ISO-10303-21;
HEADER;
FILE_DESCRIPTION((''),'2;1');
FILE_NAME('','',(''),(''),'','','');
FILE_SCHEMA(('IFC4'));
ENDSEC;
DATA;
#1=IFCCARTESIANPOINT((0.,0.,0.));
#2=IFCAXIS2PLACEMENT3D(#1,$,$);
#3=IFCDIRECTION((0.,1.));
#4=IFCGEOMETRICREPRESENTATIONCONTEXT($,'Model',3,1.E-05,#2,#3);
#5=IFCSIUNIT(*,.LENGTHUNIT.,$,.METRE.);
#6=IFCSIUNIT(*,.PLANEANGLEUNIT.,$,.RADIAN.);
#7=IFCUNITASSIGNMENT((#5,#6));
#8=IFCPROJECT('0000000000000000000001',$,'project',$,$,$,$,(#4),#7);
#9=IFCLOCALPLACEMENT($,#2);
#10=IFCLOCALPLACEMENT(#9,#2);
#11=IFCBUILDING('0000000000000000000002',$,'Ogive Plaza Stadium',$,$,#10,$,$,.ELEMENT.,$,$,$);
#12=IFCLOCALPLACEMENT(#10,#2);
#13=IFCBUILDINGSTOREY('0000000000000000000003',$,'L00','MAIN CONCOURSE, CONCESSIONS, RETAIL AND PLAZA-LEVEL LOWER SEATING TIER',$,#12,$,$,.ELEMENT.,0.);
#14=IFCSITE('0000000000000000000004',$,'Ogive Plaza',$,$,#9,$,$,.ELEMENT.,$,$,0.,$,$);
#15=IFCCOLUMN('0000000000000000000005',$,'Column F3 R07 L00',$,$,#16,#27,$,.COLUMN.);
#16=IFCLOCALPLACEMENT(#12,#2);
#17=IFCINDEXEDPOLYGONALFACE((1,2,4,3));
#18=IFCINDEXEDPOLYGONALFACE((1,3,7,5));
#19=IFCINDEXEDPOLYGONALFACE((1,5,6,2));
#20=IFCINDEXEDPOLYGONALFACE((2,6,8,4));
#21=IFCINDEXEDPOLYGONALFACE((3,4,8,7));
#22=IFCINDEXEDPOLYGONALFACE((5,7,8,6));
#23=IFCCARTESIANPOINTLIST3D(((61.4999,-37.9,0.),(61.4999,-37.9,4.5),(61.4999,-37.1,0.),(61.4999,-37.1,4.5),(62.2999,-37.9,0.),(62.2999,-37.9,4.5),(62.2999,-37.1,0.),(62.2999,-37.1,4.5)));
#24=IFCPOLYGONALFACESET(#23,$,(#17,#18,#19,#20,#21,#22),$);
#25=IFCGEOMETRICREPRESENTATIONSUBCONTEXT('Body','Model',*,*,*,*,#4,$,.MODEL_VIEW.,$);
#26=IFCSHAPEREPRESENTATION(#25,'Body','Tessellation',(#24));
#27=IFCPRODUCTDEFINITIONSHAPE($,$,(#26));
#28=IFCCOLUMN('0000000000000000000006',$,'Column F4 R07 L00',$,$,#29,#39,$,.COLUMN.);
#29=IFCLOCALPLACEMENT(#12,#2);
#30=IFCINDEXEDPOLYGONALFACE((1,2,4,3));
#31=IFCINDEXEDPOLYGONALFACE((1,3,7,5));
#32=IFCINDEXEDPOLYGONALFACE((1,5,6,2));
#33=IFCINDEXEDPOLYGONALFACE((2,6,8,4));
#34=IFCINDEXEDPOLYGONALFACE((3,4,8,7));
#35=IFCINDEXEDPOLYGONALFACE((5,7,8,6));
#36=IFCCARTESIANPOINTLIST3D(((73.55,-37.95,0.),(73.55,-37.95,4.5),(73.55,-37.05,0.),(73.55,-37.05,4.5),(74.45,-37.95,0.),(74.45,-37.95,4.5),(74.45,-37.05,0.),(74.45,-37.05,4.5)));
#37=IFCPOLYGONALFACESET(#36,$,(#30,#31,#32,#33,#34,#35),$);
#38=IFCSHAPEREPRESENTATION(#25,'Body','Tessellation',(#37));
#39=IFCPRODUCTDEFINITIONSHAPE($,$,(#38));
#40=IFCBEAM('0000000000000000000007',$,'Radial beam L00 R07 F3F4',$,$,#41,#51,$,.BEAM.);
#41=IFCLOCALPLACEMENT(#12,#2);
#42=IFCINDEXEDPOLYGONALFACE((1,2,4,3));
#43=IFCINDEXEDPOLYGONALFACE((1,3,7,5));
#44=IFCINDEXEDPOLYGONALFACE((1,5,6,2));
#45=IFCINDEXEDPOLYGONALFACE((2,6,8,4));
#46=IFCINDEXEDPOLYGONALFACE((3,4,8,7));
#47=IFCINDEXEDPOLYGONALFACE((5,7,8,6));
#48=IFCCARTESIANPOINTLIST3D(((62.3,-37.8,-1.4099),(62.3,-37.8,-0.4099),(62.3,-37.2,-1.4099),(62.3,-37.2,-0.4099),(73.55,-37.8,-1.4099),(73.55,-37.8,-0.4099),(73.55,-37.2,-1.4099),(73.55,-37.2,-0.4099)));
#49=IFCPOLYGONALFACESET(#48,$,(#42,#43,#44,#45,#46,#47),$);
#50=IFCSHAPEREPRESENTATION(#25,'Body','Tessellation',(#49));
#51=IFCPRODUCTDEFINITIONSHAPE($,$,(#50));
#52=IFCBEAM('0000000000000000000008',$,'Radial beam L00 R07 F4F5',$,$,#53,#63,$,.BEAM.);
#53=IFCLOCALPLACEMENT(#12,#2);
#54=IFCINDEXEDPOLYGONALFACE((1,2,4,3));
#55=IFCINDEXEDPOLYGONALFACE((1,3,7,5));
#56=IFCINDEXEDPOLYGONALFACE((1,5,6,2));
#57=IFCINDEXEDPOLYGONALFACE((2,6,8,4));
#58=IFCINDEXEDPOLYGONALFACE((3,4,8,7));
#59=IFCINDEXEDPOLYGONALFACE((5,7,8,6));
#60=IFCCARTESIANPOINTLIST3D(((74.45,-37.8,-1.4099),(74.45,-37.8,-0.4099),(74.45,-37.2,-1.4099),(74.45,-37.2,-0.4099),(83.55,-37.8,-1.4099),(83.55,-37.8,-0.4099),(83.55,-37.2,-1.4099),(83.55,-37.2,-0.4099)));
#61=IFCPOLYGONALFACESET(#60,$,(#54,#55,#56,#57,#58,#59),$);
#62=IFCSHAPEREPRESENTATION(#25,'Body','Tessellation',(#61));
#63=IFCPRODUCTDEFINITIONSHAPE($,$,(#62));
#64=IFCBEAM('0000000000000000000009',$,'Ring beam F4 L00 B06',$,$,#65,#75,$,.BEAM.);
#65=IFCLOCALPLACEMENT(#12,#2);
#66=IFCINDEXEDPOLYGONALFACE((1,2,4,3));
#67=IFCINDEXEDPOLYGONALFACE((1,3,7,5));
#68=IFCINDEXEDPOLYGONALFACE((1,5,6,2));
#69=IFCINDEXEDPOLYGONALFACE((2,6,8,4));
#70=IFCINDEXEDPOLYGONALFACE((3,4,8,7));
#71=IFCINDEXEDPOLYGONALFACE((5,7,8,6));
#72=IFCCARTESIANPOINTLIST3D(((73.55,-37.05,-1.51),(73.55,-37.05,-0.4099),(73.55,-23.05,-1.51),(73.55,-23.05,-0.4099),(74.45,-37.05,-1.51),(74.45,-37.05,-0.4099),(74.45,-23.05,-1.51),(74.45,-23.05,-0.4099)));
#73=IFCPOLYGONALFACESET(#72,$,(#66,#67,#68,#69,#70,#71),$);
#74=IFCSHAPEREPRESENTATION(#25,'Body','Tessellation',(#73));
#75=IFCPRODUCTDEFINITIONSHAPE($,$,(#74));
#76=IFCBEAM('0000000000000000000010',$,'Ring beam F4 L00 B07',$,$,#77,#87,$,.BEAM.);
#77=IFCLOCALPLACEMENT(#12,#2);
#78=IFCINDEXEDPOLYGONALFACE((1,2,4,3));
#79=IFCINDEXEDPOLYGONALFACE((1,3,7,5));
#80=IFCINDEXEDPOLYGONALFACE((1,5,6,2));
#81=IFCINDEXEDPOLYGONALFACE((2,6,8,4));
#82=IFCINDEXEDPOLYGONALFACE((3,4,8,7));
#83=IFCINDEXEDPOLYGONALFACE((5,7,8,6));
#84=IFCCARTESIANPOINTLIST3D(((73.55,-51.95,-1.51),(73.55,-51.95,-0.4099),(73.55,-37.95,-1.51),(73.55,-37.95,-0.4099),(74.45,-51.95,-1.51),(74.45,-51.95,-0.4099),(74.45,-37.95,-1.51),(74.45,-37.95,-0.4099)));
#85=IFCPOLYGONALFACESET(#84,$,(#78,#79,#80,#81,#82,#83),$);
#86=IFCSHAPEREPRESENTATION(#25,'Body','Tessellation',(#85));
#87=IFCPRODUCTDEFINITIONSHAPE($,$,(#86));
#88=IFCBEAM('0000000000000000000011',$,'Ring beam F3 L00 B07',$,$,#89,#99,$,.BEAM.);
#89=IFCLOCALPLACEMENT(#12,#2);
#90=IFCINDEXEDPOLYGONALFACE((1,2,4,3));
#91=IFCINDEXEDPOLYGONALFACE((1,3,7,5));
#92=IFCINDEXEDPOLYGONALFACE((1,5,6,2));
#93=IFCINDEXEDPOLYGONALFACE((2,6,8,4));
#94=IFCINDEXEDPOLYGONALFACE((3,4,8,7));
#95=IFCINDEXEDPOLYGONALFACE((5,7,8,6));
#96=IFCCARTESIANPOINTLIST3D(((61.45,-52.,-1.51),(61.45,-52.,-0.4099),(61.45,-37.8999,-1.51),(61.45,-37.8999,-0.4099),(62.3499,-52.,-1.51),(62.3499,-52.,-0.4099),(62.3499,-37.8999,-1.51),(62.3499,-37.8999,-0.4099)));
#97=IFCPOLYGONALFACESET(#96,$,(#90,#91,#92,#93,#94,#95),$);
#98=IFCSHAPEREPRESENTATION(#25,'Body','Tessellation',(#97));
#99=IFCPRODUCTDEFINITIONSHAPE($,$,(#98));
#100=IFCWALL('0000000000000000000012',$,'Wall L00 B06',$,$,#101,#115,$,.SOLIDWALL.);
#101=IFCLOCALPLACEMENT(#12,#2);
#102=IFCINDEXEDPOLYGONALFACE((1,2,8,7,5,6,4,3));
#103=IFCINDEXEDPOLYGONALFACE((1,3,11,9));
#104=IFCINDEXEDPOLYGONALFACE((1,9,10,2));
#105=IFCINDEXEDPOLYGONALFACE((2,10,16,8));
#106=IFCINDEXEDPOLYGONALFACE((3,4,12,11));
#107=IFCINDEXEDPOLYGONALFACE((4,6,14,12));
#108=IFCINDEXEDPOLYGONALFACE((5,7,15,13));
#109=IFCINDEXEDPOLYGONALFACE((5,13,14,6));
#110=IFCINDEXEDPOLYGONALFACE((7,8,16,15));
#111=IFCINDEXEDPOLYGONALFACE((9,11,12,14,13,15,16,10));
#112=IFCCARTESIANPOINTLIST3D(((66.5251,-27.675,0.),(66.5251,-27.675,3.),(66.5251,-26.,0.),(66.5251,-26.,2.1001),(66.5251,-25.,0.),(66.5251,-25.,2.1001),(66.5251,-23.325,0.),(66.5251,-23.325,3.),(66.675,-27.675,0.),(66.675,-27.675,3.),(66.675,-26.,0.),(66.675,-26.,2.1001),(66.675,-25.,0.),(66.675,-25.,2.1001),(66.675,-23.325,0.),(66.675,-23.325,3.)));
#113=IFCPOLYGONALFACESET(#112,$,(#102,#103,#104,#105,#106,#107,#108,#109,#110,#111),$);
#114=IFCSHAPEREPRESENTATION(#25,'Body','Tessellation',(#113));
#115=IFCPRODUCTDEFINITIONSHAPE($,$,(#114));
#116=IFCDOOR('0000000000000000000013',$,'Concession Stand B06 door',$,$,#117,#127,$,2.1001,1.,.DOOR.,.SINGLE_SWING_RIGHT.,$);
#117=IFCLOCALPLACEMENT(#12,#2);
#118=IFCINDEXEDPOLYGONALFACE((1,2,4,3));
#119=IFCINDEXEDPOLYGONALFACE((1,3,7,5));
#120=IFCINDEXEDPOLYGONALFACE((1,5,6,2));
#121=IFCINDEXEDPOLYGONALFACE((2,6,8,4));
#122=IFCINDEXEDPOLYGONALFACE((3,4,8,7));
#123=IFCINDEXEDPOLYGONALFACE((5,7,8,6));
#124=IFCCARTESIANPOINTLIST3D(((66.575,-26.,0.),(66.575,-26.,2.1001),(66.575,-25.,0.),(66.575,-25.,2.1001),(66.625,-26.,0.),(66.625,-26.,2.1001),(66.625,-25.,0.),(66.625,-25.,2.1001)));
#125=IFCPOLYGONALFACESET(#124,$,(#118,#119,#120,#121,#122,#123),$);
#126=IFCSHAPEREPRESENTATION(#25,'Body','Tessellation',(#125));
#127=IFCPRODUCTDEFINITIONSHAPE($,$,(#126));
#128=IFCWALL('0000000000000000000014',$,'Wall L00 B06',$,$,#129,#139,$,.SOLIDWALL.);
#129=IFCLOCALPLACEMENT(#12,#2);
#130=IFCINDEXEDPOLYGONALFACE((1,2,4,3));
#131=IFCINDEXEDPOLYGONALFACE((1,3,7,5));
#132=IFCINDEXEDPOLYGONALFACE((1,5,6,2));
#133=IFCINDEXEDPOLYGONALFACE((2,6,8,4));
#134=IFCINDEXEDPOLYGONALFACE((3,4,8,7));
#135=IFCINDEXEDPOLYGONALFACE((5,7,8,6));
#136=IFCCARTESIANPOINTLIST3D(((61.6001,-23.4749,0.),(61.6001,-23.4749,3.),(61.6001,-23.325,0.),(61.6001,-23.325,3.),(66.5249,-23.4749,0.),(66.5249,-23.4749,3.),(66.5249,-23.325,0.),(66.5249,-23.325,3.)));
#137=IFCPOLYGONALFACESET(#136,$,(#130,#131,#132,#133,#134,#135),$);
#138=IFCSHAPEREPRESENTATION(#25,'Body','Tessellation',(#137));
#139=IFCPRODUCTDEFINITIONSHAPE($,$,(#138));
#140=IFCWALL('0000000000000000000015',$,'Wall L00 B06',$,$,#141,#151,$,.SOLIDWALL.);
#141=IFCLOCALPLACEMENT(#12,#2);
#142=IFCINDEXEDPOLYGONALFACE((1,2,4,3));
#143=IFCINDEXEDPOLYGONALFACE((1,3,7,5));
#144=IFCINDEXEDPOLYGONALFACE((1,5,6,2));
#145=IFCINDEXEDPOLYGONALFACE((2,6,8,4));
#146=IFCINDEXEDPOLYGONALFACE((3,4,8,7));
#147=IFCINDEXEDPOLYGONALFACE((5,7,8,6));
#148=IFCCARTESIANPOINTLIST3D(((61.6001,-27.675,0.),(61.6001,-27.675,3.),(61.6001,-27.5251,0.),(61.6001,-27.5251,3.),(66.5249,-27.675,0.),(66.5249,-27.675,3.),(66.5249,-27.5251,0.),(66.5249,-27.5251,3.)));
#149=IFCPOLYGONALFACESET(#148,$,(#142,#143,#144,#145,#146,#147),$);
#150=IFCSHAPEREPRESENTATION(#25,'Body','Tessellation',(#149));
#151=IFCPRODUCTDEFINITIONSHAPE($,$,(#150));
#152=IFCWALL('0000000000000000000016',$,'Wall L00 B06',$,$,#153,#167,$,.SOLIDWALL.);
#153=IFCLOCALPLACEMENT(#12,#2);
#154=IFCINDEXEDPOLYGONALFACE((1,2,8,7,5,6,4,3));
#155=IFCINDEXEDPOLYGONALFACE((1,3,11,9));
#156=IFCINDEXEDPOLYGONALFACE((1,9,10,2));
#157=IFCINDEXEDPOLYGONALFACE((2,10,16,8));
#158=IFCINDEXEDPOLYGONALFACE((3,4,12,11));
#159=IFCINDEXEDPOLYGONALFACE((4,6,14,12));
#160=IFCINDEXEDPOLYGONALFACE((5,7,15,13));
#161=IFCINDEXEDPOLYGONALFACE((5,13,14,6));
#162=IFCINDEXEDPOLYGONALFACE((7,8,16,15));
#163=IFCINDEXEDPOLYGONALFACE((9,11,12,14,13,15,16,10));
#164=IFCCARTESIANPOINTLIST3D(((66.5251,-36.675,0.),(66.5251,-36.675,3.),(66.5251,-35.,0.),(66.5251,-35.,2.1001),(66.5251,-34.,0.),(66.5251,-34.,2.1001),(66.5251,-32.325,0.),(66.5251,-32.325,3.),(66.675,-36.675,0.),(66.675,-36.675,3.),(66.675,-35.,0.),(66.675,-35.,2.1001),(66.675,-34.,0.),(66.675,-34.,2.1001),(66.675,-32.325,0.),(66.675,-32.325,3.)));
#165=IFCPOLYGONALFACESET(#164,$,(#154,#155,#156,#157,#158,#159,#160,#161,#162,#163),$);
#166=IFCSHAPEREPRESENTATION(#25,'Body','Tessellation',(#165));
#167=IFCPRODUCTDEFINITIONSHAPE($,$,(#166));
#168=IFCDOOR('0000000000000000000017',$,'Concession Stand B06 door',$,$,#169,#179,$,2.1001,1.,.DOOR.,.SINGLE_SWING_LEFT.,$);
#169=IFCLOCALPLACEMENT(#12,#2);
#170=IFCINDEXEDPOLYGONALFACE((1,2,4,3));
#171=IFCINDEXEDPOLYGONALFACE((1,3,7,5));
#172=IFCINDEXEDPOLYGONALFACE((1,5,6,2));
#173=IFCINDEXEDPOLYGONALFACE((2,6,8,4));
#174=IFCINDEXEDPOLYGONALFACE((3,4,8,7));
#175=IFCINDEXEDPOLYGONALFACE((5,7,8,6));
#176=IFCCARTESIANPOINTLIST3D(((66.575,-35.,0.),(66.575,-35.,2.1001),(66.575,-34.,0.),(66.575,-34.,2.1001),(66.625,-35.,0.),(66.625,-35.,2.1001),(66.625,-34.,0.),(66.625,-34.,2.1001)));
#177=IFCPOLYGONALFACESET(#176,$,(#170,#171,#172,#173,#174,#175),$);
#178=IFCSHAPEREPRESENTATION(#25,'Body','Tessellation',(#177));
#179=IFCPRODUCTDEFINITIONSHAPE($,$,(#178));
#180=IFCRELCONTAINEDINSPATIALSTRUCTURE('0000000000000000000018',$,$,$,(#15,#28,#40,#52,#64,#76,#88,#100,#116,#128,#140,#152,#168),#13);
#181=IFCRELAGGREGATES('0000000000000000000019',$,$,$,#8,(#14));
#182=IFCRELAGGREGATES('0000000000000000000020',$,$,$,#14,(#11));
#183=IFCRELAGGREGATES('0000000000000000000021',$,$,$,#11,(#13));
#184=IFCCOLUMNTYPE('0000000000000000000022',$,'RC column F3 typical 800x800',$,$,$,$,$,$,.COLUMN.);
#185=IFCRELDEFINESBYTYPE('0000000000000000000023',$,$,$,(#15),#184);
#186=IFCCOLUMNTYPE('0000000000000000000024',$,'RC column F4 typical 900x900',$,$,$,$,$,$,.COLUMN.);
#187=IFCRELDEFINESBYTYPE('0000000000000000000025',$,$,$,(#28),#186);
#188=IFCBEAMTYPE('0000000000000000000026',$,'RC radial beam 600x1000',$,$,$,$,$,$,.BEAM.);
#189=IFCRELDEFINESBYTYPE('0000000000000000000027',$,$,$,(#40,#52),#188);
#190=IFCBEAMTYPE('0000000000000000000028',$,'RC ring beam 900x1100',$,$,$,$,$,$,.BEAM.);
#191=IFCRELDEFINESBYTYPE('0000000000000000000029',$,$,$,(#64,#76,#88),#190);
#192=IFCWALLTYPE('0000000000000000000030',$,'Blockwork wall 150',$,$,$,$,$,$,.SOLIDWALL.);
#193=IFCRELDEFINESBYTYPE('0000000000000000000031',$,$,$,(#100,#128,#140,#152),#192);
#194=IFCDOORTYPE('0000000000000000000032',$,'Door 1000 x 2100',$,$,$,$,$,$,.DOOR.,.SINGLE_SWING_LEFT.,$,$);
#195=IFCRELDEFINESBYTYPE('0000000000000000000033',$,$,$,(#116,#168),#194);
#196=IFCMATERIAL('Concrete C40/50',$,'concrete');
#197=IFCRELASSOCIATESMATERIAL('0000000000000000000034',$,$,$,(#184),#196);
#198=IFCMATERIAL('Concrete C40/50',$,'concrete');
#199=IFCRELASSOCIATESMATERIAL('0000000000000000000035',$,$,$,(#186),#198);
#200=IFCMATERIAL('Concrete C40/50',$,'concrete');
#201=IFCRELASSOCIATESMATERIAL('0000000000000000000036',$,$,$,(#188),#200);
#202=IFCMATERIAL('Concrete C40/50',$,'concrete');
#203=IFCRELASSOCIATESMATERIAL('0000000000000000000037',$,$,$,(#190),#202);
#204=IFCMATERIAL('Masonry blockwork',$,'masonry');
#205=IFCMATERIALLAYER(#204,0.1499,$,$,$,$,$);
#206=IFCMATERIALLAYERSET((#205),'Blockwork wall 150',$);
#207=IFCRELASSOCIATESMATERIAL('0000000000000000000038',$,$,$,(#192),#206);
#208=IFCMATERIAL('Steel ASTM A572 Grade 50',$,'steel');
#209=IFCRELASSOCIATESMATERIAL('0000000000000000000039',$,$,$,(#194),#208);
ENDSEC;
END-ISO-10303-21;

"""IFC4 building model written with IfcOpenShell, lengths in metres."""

from ifc_helpers import new_model, si_unit, direction, frame, frame_2d, origin, origin_2d, place, context, subcontext, project, spatial, rectangle, extrude, material, layer, layer_set, material_profile, profile_set, type_object, element, fill, save


model = new_model("IFC4")

# Units and contexts
model_context = context("Model", 3, precision=1e-05, world=origin(), true_north=direction((0.0, 1.0)))
body_context = subcontext(model_context, "Body", "Model", "MODEL_VIEW")
ifc_project = project(units=[si_unit("LENGTHUNIT", "METRE"), si_unit("PLANEANGLEUNIT", "RADIAN")], contexts=[model_context])

# Site, building, storey
site_placement = place(None, origin())
site = spatial("IfcSite", under=ifc_project, at=site_placement, Name="Ogive Plaza", CompositionType="ELEMENT", RefElevation=0.0)
building_placement = place(site_placement, origin())
building = spatial("IfcBuilding", under=site, at=building_placement, Name="Ogive Plaza Stadium", CompositionType="ELEMENT")
storey_placement = place(building_placement, origin())
storey = spatial("IfcBuildingStorey", under=building, at=storey_placement, Name="L00", Description="MAIN CONCOURSE, CONCESSIONS, RETAIL AND PLAZA-LEVEL LOWER SEATING TIER", CompositionType="ELEMENT", Elevation=0.0)

# Columns
ifc_material_1 = material(Name="Concrete C40/50", Category="concrete")
ifc_material_profile_1 = material_profile(ifc_material_1, rectangle(XDim=0.8, YDim=0.8, at=origin_2d()), Name="RC 800x800")
ifc_profile_set_1 = profile_set([ifc_material_profile_1], Name="Concrete C40/50")
column_type_1 = type_object("IfcColumnType", Name="RC column F3 typical 800x800", PredefinedType="COLUMN", material=ifc_profile_set_1)
column_1_placement = place(storey_placement, frame((61.8999, -37.5, 0.0), z_axis=(0.0, 0.0, 1.0), x_axis=(0.0, 1.0, 0.0)))
element("IfcColumn", 1, at=column_1_placement, inside=storey, type_object=column_type_1, Name="Column F3 R07 L00", PredefinedType="COLUMN", context=body_context, shape_type="SweptSolid", body=[
    extrude(rectangle(XDim=0.8, YDim=0.8, at=origin_2d()), origin(), (0.0, 0.0, 1.0), 4.5),
])
ifc_material_2 = material(Name="Concrete C40/50", Category="concrete")
ifc_material_profile_2 = material_profile(ifc_material_2, rectangle(XDim=0.8999, YDim=0.8999, at=origin_2d()), Name="RC 900x900")
ifc_profile_set_2 = profile_set([ifc_material_profile_2], Name="Concrete C40/50")
column_type_2 = type_object("IfcColumnType", Name="RC column F4 typical 900x900", PredefinedType="COLUMN", material=ifc_profile_set_2)
column_2_placement = place(storey_placement, frame((74.0, -37.5, 0.0), z_axis=(0.0, 0.0, 1.0), x_axis=(0.0, 1.0, 0.0)))
element("IfcColumn", 2, at=column_2_placement, inside=storey, type_object=column_type_2, Name="Column F4 R07 L00", PredefinedType="COLUMN", context=body_context, shape_type="SweptSolid", body=[
    extrude(rectangle(XDim=0.8999, YDim=0.8999, at=origin_2d()), origin(), (0.0, 0.0, 1.0), 4.5),
])

# Beams
ifc_material_3 = material(Name="Concrete C40/50", Category="concrete")
ifc_material_profile_3 = material_profile(ifc_material_3, rectangle(XDim=0.6001, YDim=1.0, at=origin_2d()), Name="RC 600x1000")
ifc_profile_set_3 = profile_set([ifc_material_profile_3], Name="Concrete C40/50")
beam_type_1 = type_object("IfcBeamType", Name="RC radial beam 600x1000", PredefinedType="BEAM", material=ifc_profile_set_3)
beam_1_placement = place(storey_placement, frame((62.3, -37.5, -0.9099), z_axis=(1.0, 0.0, 0.0), x_axis=(0.0, 1.0, 0.0)))
element("IfcBeam", 3, at=beam_1_placement, inside=storey, type_object=beam_type_1, Name="Radial beam L00 R07 F3F4", PredefinedType="BEAM", context=body_context, shape_type="SweptSolid", body=[
    extrude(rectangle(XDim=0.6001, YDim=1.0, at=origin_2d()), origin(), (0.0, 0.0, 1.0), 11.25),
])
beam_2_placement = place(storey_placement, frame((74.45, -37.5, -0.9099), z_axis=(1.0, 0.0, 0.0), x_axis=(0.0, 1.0, 0.0)))
element("IfcBeam", 4, at=beam_2_placement, inside=storey, type_object=beam_type_1, Name="Radial beam L00 R07 F4F5", PredefinedType="BEAM", context=body_context, shape_type="SweptSolid", body=[
    extrude(rectangle(XDim=0.6001, YDim=1.0, at=origin_2d()), origin(), (0.0, 0.0, 1.0), 9.1001),
])
ifc_material_4 = material(Name="Concrete C40/50", Category="concrete")
ifc_material_profile_4 = material_profile(ifc_material_4, rectangle(XDim=0.8999, YDim=1.1001, at=origin_2d()), Name="RC 900x1100")
ifc_profile_set_4 = profile_set([ifc_material_profile_4], Name="Concrete C40/50")
beam_type_2 = type_object("IfcBeamType", Name="RC ring beam 900x1100", PredefinedType="BEAM", material=ifc_profile_set_4)
for number, where, z_axis, x_axis, name in (
    (5, (74.0, -23.05, -0.96), (0.0, -1.0, 0.0), (1.0, 0.0, 0.0), "Ring beam F4 L00 B06"),
    (6, (74.0, -37.95, -0.96), (0.0, -1.0, 0.0), (1.0, 0.0, 0.0), "Ring beam F4 L00 B07"),
):
    element("IfcBeam", number, at=place(storey_placement, frame(where, z_axis=z_axis, x_axis=x_axis)), inside=storey, type_object=beam_type_2, Name=name, PredefinedType="BEAM", context=body_context, shape_type="SweptSolid", body=[
        extrude(rectangle(XDim=0.8999, YDim=1.1001, at=origin_2d()), origin(), (0.0, 0.0, 1.0), 14.0),
    ])
beam_3_placement = place(storey_placement, frame((61.8999, -37.8999, -0.96), z_axis=(0.0, -1.0, 0.0), x_axis=(1.0, 0.0, 0.0)))
element("IfcBeam", 7, at=beam_3_placement, inside=storey, type_object=beam_type_2, Name="Ring beam F3 L00 B07", PredefinedType="BEAM", context=body_context, shape_type="SweptSolid", body=[
    extrude(rectangle(XDim=0.8999, YDim=1.1001, at=origin_2d()), origin(), (0.0, 0.0, 1.0), 14.1001),
])

# Wall, opening, door
ifc_material_5 = material(Name="Masonry blockwork", Category="masonry")
ifc_layer_1 = layer(ifc_material_5, 0.1499)
ifc_layer_set_1 = layer_set([ifc_layer_1], Name="Blockwork wall 150")
wall_type_1 = type_object("IfcWallType", Name="Blockwork wall 150", PredefinedType="SOLIDWALL", material=ifc_layer_set_1)
wall_1_placement = place(storey_placement, frame((66.6001, -23.325, 0.0), z_axis=(0.0, 0.0, 1.0), x_axis=(0.0, -1.0, 0.0)))
wall_1 = element("IfcWall", 8, at=wall_1_placement, inside=storey, type_object=wall_type_1, Name="Wall L00 B06", PredefinedType="SOLIDWALL", context=body_context, shape_type="SweptSolid", body=[
    extrude(rectangle(XDim=4.3501, YDim=0.1499, at=frame_2d((2.175, 0.0))), origin(), (0.0, 0.0, 1.0), 3.0),
])
opening_1_placement = place(wall_1_placement, frame((1.675, 0.0, 0.0)))
opening_1 = element("IfcOpeningElement", 9, at=opening_1_placement, cuts=wall_1, PredefinedType="OPENING", context=body_context, shape_type="SweptSolid", body=[
    extrude(rectangle(XDim=1.0, YDim=2.1001, at=frame_2d((0.5, 1.05))), frame((0.0, 0.075, 0.0), z_axis=(0.0, -1.0, 0.0), x_axis=(1.0, 0.0, 0.0)), (0.0, 0.0, 1.0), 0.1499),
])
ifc_material_6 = material(Name="Steel ASTM A572 Grade 50", Category="steel")
door_type_1 = type_object("IfcDoorType", Name="Door 1000 x 2100", OperationType="SINGLE_SWING_LEFT", PredefinedType="DOOR", material=ifc_material_6)
door_1_placement = place(opening_1_placement, origin())
door_1 = element("IfcDoor", 10, at=door_1_placement, inside=storey, type_object=door_type_1, Name="Concession Stand B06 door", OperationType="SINGLE_SWING_RIGHT", OverallHeight=2.1001, OverallWidth=1.0, PredefinedType="DOOR", context=body_context, shape_type="SweptSolid", body=[
    extrude(rectangle(XDim=1.0, YDim=2.1001, at=frame_2d((0.5, 1.05))), frame((0.0, 0.0249, 0.0), z_axis=(0.0, -1.0, 0.0), x_axis=(1.0, 0.0, 0.0)), (0.0, 0.0, 1.0), 0.05),
])
fill(opening_1, door_1)

# Walls
for number, where, z_axis, x_axis, name in (
    (11, (61.6001, -23.3999, 0.0), (0.0, 0.0, 1.0), (1.0, 0.0, 0.0), "Wall L00 B06"),
    (12, (61.6001, -27.6001, 0.0), (0.0, 0.0, 1.0), (1.0, 0.0, 0.0), "Wall L00 B06"),
):
    element("IfcWall", number, at=place(storey_placement, frame(where, z_axis=z_axis, x_axis=x_axis)), inside=storey, type_object=wall_type_1, Name=name, PredefinedType="SOLIDWALL", context=body_context, shape_type="SweptSolid", body=[
        extrude(rectangle(XDim=4.9248, YDim=0.1499, at=frame_2d((2.4624, 0.0))), origin(), (0.0, 0.0, 1.0), 3.0),
    ])

# Wall, opening, door
wall_2_placement = place(storey_placement, frame((66.6001, -32.325, 0.0), z_axis=(0.0, 0.0, 1.0), x_axis=(0.0, -1.0, 0.0)))
wall_2 = element("IfcWall", 13, at=wall_2_placement, inside=storey, type_object=wall_type_1, Name="Wall L00 B06", PredefinedType="SOLIDWALL", context=body_context, shape_type="SweptSolid", body=[
    extrude(rectangle(XDim=4.3501, YDim=0.1499, at=frame_2d((2.175, 0.0))), origin(), (0.0, 0.0, 1.0), 3.0),
])
opening_2_placement = place(wall_2_placement, frame((1.675, 0.0, 0.0)))
opening_2 = element("IfcOpeningElement", 14, at=opening_2_placement, cuts=wall_2, PredefinedType="OPENING", context=body_context, shape_type="SweptSolid", body=[
    extrude(rectangle(XDim=1.0, YDim=2.1001, at=frame_2d((0.5, 1.05))), frame((0.0, 0.075, 0.0), z_axis=(0.0, -1.0, 0.0), x_axis=(1.0, 0.0, 0.0)), (0.0, 0.0, 1.0), 0.1499),
])
door_2_placement = place(opening_2_placement, origin())
door_2 = element("IfcDoor", 15, at=door_2_placement, inside=storey, type_object=door_type_1, Name="Concession Stand B06 door", OperationType="SINGLE_SWING_LEFT", OverallHeight=2.1001, OverallWidth=1.0, PredefinedType="DOOR", context=body_context, shape_type="SweptSolid", body=[
    extrude(rectangle(XDim=1.0, YDim=2.1001, at=frame_2d((0.5, 1.05))), frame((0.0, 0.0249, 0.0), z_axis=(0.0, -1.0, 0.0), x_axis=(1.0, 0.0, 0.0)), (0.0, 0.0, 1.0), 0.05),
])
fill(opening_2, door_2)

save(model, "model.ifc")
